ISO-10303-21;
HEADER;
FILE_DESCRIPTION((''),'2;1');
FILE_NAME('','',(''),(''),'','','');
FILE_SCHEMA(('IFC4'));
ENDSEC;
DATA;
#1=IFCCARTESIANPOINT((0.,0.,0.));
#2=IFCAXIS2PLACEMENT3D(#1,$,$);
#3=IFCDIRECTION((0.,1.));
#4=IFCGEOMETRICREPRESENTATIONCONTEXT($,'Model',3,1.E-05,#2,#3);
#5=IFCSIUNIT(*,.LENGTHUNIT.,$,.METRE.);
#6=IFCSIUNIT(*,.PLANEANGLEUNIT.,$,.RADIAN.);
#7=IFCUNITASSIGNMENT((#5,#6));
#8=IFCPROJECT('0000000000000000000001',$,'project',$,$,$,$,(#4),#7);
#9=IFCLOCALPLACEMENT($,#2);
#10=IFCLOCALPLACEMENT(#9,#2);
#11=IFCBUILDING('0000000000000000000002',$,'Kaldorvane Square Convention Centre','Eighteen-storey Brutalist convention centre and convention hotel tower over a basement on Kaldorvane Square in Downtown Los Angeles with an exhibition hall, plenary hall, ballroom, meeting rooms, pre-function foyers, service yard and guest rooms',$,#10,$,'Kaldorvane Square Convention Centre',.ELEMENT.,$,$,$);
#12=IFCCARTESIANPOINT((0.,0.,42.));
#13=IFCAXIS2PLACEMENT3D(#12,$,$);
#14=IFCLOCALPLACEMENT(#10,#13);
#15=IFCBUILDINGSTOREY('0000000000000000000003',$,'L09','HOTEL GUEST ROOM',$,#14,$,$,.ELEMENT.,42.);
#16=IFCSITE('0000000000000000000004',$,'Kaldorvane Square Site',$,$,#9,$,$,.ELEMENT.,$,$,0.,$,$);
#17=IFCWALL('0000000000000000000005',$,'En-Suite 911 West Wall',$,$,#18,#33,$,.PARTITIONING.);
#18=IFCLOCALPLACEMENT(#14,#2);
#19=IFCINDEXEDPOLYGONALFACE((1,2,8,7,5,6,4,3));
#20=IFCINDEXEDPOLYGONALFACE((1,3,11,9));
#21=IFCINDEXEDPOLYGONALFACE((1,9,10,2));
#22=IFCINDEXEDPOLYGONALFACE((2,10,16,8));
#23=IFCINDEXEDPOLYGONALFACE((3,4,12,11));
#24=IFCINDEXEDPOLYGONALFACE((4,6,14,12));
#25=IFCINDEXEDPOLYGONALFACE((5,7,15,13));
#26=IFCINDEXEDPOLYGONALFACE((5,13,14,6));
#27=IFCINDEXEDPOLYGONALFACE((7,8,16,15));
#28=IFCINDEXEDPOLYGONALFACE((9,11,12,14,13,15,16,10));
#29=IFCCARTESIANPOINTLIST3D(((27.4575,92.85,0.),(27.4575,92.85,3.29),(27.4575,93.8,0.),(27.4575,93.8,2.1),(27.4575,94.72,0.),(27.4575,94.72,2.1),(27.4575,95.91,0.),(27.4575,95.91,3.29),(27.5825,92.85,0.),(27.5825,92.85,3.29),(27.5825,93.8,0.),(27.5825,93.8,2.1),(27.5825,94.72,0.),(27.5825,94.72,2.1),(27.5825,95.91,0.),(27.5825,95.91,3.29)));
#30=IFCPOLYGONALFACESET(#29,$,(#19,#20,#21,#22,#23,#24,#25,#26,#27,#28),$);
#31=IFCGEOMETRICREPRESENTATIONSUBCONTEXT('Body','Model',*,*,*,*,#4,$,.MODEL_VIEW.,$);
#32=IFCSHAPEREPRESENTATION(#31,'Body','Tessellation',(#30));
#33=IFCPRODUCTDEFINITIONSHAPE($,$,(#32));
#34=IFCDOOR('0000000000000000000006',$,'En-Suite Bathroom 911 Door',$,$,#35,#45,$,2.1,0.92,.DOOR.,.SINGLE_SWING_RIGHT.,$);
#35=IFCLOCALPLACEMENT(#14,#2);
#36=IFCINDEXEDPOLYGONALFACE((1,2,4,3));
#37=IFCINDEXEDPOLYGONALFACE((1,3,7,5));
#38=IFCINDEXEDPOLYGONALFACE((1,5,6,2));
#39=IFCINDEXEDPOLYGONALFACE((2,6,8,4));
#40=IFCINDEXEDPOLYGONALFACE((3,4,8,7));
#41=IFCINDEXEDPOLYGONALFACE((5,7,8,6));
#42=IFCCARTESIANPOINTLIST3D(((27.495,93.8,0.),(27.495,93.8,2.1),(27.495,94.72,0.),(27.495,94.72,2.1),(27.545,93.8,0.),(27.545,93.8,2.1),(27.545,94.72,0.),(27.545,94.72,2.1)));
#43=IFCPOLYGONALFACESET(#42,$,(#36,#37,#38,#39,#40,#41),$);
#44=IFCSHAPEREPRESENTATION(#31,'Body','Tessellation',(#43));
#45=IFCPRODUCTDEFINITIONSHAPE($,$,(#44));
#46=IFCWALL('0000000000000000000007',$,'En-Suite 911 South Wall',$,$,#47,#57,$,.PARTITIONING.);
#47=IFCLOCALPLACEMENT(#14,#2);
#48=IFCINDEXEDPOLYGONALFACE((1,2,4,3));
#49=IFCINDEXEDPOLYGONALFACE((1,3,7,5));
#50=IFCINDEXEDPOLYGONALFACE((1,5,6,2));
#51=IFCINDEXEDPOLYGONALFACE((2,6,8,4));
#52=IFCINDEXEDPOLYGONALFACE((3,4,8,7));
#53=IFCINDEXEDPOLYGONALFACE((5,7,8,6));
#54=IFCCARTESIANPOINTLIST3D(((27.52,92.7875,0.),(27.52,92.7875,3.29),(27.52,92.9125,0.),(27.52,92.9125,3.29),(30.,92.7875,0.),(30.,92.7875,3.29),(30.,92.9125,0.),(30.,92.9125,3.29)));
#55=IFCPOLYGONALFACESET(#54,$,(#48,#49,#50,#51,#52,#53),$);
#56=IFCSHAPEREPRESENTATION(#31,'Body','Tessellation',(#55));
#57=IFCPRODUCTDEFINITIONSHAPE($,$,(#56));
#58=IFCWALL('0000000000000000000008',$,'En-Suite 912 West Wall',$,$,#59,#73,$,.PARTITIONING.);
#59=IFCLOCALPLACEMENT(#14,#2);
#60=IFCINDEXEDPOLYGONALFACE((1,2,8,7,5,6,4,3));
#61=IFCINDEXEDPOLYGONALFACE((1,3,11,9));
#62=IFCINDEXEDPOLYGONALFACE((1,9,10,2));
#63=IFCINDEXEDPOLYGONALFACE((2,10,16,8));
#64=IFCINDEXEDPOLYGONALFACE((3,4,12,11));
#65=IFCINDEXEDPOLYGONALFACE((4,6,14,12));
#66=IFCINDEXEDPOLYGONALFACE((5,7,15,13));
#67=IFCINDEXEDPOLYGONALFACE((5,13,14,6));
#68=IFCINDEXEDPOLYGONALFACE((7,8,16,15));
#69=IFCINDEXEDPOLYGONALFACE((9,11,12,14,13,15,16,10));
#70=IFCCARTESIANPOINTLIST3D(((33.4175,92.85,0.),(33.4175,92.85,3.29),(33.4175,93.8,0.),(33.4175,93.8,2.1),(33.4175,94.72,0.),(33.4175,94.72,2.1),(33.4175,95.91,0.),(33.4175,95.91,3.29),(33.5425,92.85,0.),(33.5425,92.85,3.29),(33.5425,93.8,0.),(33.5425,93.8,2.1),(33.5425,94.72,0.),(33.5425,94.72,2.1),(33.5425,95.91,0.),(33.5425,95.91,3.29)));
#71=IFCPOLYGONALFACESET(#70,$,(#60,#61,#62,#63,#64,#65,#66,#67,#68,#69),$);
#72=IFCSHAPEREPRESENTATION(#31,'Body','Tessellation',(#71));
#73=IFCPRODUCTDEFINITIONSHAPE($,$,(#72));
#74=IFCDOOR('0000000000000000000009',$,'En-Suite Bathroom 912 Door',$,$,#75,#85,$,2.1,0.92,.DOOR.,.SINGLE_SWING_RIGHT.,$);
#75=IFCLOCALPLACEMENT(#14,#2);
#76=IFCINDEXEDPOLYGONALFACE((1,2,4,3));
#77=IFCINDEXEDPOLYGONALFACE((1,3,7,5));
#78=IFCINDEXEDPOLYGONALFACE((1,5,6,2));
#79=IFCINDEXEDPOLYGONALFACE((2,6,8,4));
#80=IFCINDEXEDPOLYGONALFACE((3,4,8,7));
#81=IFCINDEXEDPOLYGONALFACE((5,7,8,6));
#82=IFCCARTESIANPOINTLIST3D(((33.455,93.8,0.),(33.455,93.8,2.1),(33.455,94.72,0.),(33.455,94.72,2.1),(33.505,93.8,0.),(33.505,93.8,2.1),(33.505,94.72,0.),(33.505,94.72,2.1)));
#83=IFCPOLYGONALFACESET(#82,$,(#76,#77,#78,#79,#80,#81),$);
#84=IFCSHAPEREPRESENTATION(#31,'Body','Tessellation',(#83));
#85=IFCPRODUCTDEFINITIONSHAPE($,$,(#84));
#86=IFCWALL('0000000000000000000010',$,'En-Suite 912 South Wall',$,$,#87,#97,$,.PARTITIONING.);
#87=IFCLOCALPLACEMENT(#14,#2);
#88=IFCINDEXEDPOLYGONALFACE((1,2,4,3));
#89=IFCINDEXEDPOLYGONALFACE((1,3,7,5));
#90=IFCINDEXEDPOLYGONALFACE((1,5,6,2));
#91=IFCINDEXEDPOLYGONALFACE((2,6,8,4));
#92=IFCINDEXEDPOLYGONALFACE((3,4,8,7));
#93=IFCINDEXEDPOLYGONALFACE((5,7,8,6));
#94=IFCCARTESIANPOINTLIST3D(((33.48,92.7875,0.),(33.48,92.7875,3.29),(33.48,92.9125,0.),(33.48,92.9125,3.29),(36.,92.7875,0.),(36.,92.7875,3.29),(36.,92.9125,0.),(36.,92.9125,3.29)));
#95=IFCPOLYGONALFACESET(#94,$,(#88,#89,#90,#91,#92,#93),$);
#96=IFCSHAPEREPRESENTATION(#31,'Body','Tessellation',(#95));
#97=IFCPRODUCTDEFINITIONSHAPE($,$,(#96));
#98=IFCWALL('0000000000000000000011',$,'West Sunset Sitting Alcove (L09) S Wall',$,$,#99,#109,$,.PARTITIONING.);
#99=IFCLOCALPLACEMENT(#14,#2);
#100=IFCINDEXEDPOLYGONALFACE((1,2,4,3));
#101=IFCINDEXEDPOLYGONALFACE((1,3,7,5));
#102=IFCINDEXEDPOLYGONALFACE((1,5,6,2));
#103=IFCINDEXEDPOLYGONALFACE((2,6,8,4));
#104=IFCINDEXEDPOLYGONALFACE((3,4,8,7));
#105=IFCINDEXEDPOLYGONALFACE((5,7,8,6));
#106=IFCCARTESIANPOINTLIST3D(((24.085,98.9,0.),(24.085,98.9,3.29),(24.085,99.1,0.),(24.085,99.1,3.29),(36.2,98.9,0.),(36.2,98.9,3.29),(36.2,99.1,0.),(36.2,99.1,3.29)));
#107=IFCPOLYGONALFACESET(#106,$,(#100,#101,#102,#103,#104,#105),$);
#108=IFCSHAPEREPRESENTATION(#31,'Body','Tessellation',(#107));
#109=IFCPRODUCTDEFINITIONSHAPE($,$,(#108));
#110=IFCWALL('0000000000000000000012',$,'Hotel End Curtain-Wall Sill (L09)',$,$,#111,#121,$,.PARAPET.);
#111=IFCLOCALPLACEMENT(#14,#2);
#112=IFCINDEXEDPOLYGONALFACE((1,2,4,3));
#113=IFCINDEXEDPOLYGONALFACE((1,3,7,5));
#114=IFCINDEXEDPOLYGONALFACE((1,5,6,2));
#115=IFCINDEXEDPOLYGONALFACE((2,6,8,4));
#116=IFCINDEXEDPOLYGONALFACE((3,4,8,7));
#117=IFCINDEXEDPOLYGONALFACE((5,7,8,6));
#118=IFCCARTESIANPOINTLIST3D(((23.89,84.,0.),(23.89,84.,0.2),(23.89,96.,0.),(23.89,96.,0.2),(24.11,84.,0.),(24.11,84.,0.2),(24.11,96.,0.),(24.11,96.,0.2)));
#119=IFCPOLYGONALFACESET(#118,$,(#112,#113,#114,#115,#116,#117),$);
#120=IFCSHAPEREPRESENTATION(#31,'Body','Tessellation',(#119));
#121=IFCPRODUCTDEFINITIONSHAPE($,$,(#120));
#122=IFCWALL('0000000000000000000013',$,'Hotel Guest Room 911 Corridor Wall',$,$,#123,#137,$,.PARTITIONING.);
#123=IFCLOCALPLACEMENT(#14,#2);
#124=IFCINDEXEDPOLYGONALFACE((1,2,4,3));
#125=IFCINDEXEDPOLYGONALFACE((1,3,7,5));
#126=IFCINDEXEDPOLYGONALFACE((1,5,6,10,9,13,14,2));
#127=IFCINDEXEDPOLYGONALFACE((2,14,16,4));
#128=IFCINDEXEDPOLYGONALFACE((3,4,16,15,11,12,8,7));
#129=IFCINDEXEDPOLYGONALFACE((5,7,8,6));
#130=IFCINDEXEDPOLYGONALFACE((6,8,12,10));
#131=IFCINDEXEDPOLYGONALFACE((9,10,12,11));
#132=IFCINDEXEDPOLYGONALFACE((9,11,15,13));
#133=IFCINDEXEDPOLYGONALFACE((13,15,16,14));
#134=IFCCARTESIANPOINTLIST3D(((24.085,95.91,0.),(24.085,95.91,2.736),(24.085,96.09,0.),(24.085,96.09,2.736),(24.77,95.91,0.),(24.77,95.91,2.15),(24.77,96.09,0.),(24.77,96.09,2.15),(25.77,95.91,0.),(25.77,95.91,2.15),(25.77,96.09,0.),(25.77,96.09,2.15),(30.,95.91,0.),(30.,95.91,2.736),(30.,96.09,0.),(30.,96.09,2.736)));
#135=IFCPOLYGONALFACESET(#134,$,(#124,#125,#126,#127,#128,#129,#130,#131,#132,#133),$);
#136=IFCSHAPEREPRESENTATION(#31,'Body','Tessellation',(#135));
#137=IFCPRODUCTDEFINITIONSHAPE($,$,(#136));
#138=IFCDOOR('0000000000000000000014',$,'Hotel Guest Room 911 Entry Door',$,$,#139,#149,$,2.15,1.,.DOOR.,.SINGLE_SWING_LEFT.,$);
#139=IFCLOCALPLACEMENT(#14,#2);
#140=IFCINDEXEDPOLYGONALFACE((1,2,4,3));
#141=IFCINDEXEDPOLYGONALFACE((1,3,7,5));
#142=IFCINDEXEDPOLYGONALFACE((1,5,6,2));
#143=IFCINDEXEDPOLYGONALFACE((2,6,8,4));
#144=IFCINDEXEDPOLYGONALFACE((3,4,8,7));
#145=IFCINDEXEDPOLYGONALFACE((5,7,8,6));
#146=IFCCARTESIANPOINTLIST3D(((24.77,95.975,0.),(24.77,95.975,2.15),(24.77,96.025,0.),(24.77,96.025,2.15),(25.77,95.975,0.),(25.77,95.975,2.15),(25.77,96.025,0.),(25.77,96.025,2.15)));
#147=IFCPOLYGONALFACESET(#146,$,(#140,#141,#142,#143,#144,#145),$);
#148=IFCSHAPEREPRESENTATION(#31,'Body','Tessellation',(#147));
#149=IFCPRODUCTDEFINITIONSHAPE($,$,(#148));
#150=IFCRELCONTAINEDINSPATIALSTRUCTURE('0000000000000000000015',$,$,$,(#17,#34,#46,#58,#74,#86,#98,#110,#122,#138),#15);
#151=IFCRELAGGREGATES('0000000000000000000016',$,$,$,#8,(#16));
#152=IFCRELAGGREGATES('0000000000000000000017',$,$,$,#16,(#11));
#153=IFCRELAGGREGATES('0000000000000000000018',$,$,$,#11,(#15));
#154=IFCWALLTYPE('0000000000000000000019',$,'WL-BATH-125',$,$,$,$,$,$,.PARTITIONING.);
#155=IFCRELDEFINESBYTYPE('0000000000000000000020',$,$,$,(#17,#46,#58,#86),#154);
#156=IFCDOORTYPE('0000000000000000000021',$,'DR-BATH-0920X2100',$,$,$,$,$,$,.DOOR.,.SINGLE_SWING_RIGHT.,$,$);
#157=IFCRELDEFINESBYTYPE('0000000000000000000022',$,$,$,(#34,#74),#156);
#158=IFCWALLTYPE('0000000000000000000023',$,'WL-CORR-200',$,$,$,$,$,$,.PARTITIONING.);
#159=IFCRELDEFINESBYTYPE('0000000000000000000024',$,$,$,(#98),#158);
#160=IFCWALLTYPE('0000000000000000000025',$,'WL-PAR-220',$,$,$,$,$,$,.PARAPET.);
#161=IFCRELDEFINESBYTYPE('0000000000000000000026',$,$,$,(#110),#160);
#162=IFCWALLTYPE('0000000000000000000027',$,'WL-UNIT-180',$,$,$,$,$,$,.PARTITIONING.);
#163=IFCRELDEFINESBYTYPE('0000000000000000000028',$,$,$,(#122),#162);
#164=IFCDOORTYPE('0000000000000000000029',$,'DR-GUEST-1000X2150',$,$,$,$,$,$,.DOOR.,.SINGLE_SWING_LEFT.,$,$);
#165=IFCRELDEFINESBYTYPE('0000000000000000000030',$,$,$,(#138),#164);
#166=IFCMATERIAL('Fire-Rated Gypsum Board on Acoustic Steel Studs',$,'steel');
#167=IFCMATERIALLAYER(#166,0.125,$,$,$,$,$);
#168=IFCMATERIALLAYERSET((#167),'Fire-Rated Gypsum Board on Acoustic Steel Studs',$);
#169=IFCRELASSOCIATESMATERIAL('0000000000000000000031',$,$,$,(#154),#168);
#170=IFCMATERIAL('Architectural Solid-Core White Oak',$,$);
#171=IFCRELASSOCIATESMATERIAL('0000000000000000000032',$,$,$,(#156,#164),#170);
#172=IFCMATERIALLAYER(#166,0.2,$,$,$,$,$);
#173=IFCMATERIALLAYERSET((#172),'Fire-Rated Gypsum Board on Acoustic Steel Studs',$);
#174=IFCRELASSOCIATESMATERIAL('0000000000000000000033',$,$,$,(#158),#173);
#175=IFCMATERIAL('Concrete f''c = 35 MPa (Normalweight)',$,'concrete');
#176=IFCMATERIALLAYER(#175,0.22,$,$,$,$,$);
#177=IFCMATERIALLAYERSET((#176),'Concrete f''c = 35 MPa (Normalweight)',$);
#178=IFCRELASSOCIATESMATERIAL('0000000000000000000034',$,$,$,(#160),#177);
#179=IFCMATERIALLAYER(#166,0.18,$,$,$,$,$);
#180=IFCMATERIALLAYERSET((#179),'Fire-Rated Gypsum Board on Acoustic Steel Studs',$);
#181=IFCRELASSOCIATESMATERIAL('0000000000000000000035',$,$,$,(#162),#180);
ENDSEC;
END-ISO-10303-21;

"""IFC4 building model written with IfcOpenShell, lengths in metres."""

from ifc_helpers import new_model, si_unit, direction, frame, frame_2d, origin, place, context, subcontext, project, spatial, rectangle, extrude, material, layer, layer_set, type_object, element, fill, save


model = new_model("IFC4")

# Units and contexts
model_context = context("Model", 3, precision=1e-05, world=origin(), true_north=direction((0.0, 1.0)))
body_context = subcontext(model_context, "Body", "Model", "MODEL_VIEW")
ifc_project = project(units=[si_unit("LENGTHUNIT", "METRE"), si_unit("PLANEANGLEUNIT", "RADIAN")], contexts=[model_context])

# Site, building, storey
site_placement = place(None, origin())
site = spatial("IfcSite", under=ifc_project, at=site_placement, Name="Kaldorvane Square Site", CompositionType="ELEMENT", RefElevation=0.0)
building_placement = place(site_placement, origin())
building = spatial("IfcBuilding", under=site, at=building_placement, Name="Kaldorvane Square Convention Centre", Description="Eighteen-storey Brutalist convention centre and convention hotel tower over a basement on Kaldorvane Square in Downtown Los Angeles with an exhibition hall, plenary hall, ballroom, meeting rooms, pre-function foyers, service yard and guest rooms", LongName="Kaldorvane Square Convention Centre", CompositionType="ELEMENT")
storey_placement = place(building_placement, frame((0.0, 0.0, 42.0)))
storey = spatial("IfcBuildingStorey", under=building, at=storey_placement, Name="L09", Description="HOTEL GUEST ROOM", CompositionType="ELEMENT", Elevation=42.0)

# Wall, opening, door
ifc_material_1 = material(Name="Fire-Rated Gypsum Board on Acoustic Steel Studs", Category="steel")
ifc_layer_1 = layer(ifc_material_1, 0.125)
ifc_layer_set_1 = layer_set([ifc_layer_1], Name="Fire-Rated Gypsum Board on Acoustic Steel Studs")
wall_type_1 = type_object("IfcWallType", Name="WL-BATH-125", PredefinedType="PARTITIONING", material=ifc_layer_set_1)
wall_1_placement = place(storey_placement, frame((27.52, 92.85, 0.0), z_axis=(0.0, 0.0, 1.0), x_axis=(0.0, 1.0, 0.0)))
wall_1 = element("IfcWall", 1, at=wall_1_placement, inside=storey, type_object=wall_type_1, Name="En-Suite 911 West Wall", PredefinedType="PARTITIONING", context=body_context, shape_type="SweptSolid", body=[
    extrude(rectangle(XDim=3.06, YDim=0.125, at=frame_2d((1.53, 0.0))), origin(), (0.0, 0.0, 1.0), 3.29),
])
opening_1_placement = place(wall_1_placement, frame((0.95, 0.0, 0.0)))
opening_1 = element("IfcOpeningElement", 2, at=opening_1_placement, cuts=wall_1, PredefinedType="OPENING", context=body_context, shape_type="SweptSolid", body=[
    extrude(rectangle(XDim=0.92, YDim=2.1, at=frame_2d((0.46, 1.05))), frame((0.0, 0.0775, 0.0), z_axis=(0.0, -1.0, 0.0), x_axis=(1.0, 0.0, 0.0)), (0.0, 0.0, 1.0), 0.155),
])
ifc_material_2 = material(Name="Architectural Solid-Core White Oak")
door_type_1 = type_object("IfcDoorType", Name="DR-BATH-0920X2100", OperationType="SINGLE_SWING_RIGHT", PredefinedType="DOOR", material=ifc_material_2)
door_1_placement = place(opening_1_placement, origin())
door_1 = element("IfcDoor", 3, at=door_1_placement, inside=storey, type_object=door_type_1, Name="En-Suite Bathroom 911 Door", OperationType="SINGLE_SWING_RIGHT", OverallHeight=2.1, OverallWidth=0.92, PredefinedType="DOOR", context=body_context, shape_type="SweptSolid", body=[
    extrude(rectangle(XDim=0.92, YDim=2.1, at=frame_2d((0.46, 1.05))), frame((0.0, 0.025, 0.0), z_axis=(0.0, -1.0, 0.0), x_axis=(1.0, 0.0, 0.0)), (0.0, 0.0, 1.0), 0.05),
])
fill(opening_1, door_1)

# Wall
wall_2_placement = place(storey_placement, frame((27.52, 92.85, 0.0), z_axis=(0.0, 0.0, 1.0), x_axis=(1.0, 0.0, 0.0)))
element("IfcWall", 4, at=wall_2_placement, inside=storey, type_object=wall_type_1, Name="En-Suite 911 South Wall", PredefinedType="PARTITIONING", context=body_context, shape_type="SweptSolid", body=[
    extrude(rectangle(XDim=2.48, YDim=0.125, at=frame_2d((1.24, 0.0))), origin(), (0.0, 0.0, 1.0), 3.29),
])

# Wall, opening, door
wall_3_placement = place(storey_placement, frame((33.48, 92.85, 0.0), z_axis=(0.0, 0.0, 1.0), x_axis=(0.0, 1.0, 0.0)))
wall_3 = element("IfcWall", 5, at=wall_3_placement, inside=storey, type_object=wall_type_1, Name="En-Suite 912 West Wall", PredefinedType="PARTITIONING", context=body_context, shape_type="SweptSolid", body=[
    extrude(rectangle(XDim=3.06, YDim=0.125, at=frame_2d((1.53, 0.0))), origin(), (0.0, 0.0, 1.0), 3.29),
])
opening_2_placement = place(wall_3_placement, frame((0.95, 0.0, 0.0)))
opening_2 = element("IfcOpeningElement", 6, at=opening_2_placement, cuts=wall_3, PredefinedType="OPENING", context=body_context, shape_type="SweptSolid", body=[
    extrude(rectangle(XDim=0.92, YDim=2.1, at=frame_2d((0.46, 1.05))), frame((0.0, 0.0775, 0.0), z_axis=(0.0, -1.0, 0.0), x_axis=(1.0, 0.0, 0.0)), (0.0, 0.0, 1.0), 0.155),
])
door_2_placement = place(opening_2_placement, origin())
door_2 = element("IfcDoor", 7, at=door_2_placement, inside=storey, type_object=door_type_1, Name="En-Suite Bathroom 912 Door", OperationType="SINGLE_SWING_RIGHT", OverallHeight=2.1, OverallWidth=0.92, PredefinedType="DOOR", context=body_context, shape_type="SweptSolid", body=[
    extrude(rectangle(XDim=0.92, YDim=2.1, at=frame_2d((0.46, 1.05))), frame((0.0, 0.025, 0.0), z_axis=(0.0, -1.0, 0.0), x_axis=(1.0, 0.0, 0.0)), (0.0, 0.0, 1.0), 0.05),
])
fill(opening_2, door_2)

# Walls
wall_4_placement = place(storey_placement, frame((33.48, 92.85, 0.0), z_axis=(0.0, 0.0, 1.0), x_axis=(1.0, 0.0, 0.0)))
element("IfcWall", 8, at=wall_4_placement, inside=storey, type_object=wall_type_1, Name="En-Suite 912 South Wall", PredefinedType="PARTITIONING", context=body_context, shape_type="SweptSolid", body=[
    extrude(rectangle(XDim=2.52, YDim=0.125, at=frame_2d((1.26, 0.0))), origin(), (0.0, 0.0, 1.0), 3.29),
])
ifc_layer_2 = layer(ifc_material_1, 0.2)
ifc_layer_set_2 = layer_set([ifc_layer_2], Name="Fire-Rated Gypsum Board on Acoustic Steel Studs")
wall_type_2 = type_object("IfcWallType", Name="WL-CORR-200", PredefinedType="PARTITIONING", material=ifc_layer_set_2)
wall_5_placement = place(storey_placement, frame((24.085, 99.0, 0.0), z_axis=(0.0, 0.0, 1.0), x_axis=(1.0, 0.0, 0.0)))
element("IfcWall", 9, at=wall_5_placement, inside=storey, type_object=wall_type_2, Name="West Sunset Sitting Alcove (L09) S Wall", PredefinedType="PARTITIONING", context=body_context, shape_type="SweptSolid", body=[
    extrude(rectangle(XDim=12.115, YDim=0.2, at=frame_2d((6.0575, 0.0))), origin(), (0.0, 0.0, 1.0), 3.29),
])
ifc_material_3 = material(Name="Concrete f'c = 35 MPa (Normalweight)", Category="concrete")
ifc_layer_3 = layer(ifc_material_3, 0.22)
ifc_layer_set_3 = layer_set([ifc_layer_3], Name="Concrete f'c = 35 MPa (Normalweight)")
wall_type_3 = type_object("IfcWallType", Name="WL-PAR-220", PredefinedType="PARAPET", material=ifc_layer_set_3)
wall_6_placement = place(storey_placement, frame((24.0, 96.0, 0.0), z_axis=(0.0, 0.0, 1.0), x_axis=(0.0, -1.0, 0.0)))
element("IfcWall", 10, at=wall_6_placement, inside=storey, type_object=wall_type_3, Name="Hotel End Curtain-Wall Sill (L09)", PredefinedType="PARAPET", context=body_context, shape_type="SweptSolid", body=[
    extrude(rectangle(XDim=12.0, YDim=0.22, at=frame_2d((6.0, 0.0))), origin(), (0.0, 0.0, 1.0), 0.2),
])

# Wall, opening, door
ifc_layer_4 = layer(ifc_material_1, 0.18)
ifc_layer_set_4 = layer_set([ifc_layer_4], Name="Fire-Rated Gypsum Board on Acoustic Steel Studs")
wall_type_4 = type_object("IfcWallType", Name="WL-UNIT-180", PredefinedType="PARTITIONING", material=ifc_layer_set_4)
wall_7_placement = place(storey_placement, frame((24.085, 96.0, 0.0), z_axis=(0.0, 0.0, 1.0), x_axis=(1.0, 0.0, 0.0)))
wall_7 = element("IfcWall", 11, at=wall_7_placement, inside=storey, type_object=wall_type_4, Name="Hotel Guest Room 911 Corridor Wall", PredefinedType="PARTITIONING", context=body_context, shape_type="SweptSolid", body=[
    extrude(rectangle(XDim=5.915, YDim=0.18, at=frame_2d((2.9575, 0.0))), origin(), (0.0, 0.0, 1.0), 2.736),
])
opening_3_placement = place(wall_7_placement, frame((0.685, 0.0, 0.0)))
opening_3 = element("IfcOpeningElement", 12, at=opening_3_placement, cuts=wall_7, PredefinedType="OPENING", context=body_context, shape_type="SweptSolid", body=[
    extrude(rectangle(XDim=1.0, YDim=2.15, at=frame_2d((0.5, 1.075))), frame((0.0, 0.105, 0.0), z_axis=(0.0, -1.0, 0.0), x_axis=(1.0, 0.0, 0.0)), (0.0, 0.0, 1.0), 0.21),
])
door_type_2 = type_object("IfcDoorType", Name="DR-GUEST-1000X2150", OperationType="SINGLE_SWING_LEFT", PredefinedType="DOOR", material=ifc_material_2)
door_3_placement = place(opening_3_placement, origin())
door_3 = element("IfcDoor", 13, at=door_3_placement, inside=storey, type_object=door_type_2, Name="Hotel Guest Room 911 Entry Door", OperationType="SINGLE_SWING_LEFT", OverallHeight=2.15, OverallWidth=1.0, PredefinedType="DOOR", context=body_context, shape_type="SweptSolid", body=[
    extrude(rectangle(XDim=1.0, YDim=2.15, at=frame_2d((0.5, 1.075))), frame((0.0, 0.025, 0.0), z_axis=(0.0, -1.0, 0.0), x_axis=(1.0, 0.0, 0.0)), (0.0, 0.0, 1.0), 0.05),
])
fill(opening_3, door_3)

save(model, "model.ifc")
